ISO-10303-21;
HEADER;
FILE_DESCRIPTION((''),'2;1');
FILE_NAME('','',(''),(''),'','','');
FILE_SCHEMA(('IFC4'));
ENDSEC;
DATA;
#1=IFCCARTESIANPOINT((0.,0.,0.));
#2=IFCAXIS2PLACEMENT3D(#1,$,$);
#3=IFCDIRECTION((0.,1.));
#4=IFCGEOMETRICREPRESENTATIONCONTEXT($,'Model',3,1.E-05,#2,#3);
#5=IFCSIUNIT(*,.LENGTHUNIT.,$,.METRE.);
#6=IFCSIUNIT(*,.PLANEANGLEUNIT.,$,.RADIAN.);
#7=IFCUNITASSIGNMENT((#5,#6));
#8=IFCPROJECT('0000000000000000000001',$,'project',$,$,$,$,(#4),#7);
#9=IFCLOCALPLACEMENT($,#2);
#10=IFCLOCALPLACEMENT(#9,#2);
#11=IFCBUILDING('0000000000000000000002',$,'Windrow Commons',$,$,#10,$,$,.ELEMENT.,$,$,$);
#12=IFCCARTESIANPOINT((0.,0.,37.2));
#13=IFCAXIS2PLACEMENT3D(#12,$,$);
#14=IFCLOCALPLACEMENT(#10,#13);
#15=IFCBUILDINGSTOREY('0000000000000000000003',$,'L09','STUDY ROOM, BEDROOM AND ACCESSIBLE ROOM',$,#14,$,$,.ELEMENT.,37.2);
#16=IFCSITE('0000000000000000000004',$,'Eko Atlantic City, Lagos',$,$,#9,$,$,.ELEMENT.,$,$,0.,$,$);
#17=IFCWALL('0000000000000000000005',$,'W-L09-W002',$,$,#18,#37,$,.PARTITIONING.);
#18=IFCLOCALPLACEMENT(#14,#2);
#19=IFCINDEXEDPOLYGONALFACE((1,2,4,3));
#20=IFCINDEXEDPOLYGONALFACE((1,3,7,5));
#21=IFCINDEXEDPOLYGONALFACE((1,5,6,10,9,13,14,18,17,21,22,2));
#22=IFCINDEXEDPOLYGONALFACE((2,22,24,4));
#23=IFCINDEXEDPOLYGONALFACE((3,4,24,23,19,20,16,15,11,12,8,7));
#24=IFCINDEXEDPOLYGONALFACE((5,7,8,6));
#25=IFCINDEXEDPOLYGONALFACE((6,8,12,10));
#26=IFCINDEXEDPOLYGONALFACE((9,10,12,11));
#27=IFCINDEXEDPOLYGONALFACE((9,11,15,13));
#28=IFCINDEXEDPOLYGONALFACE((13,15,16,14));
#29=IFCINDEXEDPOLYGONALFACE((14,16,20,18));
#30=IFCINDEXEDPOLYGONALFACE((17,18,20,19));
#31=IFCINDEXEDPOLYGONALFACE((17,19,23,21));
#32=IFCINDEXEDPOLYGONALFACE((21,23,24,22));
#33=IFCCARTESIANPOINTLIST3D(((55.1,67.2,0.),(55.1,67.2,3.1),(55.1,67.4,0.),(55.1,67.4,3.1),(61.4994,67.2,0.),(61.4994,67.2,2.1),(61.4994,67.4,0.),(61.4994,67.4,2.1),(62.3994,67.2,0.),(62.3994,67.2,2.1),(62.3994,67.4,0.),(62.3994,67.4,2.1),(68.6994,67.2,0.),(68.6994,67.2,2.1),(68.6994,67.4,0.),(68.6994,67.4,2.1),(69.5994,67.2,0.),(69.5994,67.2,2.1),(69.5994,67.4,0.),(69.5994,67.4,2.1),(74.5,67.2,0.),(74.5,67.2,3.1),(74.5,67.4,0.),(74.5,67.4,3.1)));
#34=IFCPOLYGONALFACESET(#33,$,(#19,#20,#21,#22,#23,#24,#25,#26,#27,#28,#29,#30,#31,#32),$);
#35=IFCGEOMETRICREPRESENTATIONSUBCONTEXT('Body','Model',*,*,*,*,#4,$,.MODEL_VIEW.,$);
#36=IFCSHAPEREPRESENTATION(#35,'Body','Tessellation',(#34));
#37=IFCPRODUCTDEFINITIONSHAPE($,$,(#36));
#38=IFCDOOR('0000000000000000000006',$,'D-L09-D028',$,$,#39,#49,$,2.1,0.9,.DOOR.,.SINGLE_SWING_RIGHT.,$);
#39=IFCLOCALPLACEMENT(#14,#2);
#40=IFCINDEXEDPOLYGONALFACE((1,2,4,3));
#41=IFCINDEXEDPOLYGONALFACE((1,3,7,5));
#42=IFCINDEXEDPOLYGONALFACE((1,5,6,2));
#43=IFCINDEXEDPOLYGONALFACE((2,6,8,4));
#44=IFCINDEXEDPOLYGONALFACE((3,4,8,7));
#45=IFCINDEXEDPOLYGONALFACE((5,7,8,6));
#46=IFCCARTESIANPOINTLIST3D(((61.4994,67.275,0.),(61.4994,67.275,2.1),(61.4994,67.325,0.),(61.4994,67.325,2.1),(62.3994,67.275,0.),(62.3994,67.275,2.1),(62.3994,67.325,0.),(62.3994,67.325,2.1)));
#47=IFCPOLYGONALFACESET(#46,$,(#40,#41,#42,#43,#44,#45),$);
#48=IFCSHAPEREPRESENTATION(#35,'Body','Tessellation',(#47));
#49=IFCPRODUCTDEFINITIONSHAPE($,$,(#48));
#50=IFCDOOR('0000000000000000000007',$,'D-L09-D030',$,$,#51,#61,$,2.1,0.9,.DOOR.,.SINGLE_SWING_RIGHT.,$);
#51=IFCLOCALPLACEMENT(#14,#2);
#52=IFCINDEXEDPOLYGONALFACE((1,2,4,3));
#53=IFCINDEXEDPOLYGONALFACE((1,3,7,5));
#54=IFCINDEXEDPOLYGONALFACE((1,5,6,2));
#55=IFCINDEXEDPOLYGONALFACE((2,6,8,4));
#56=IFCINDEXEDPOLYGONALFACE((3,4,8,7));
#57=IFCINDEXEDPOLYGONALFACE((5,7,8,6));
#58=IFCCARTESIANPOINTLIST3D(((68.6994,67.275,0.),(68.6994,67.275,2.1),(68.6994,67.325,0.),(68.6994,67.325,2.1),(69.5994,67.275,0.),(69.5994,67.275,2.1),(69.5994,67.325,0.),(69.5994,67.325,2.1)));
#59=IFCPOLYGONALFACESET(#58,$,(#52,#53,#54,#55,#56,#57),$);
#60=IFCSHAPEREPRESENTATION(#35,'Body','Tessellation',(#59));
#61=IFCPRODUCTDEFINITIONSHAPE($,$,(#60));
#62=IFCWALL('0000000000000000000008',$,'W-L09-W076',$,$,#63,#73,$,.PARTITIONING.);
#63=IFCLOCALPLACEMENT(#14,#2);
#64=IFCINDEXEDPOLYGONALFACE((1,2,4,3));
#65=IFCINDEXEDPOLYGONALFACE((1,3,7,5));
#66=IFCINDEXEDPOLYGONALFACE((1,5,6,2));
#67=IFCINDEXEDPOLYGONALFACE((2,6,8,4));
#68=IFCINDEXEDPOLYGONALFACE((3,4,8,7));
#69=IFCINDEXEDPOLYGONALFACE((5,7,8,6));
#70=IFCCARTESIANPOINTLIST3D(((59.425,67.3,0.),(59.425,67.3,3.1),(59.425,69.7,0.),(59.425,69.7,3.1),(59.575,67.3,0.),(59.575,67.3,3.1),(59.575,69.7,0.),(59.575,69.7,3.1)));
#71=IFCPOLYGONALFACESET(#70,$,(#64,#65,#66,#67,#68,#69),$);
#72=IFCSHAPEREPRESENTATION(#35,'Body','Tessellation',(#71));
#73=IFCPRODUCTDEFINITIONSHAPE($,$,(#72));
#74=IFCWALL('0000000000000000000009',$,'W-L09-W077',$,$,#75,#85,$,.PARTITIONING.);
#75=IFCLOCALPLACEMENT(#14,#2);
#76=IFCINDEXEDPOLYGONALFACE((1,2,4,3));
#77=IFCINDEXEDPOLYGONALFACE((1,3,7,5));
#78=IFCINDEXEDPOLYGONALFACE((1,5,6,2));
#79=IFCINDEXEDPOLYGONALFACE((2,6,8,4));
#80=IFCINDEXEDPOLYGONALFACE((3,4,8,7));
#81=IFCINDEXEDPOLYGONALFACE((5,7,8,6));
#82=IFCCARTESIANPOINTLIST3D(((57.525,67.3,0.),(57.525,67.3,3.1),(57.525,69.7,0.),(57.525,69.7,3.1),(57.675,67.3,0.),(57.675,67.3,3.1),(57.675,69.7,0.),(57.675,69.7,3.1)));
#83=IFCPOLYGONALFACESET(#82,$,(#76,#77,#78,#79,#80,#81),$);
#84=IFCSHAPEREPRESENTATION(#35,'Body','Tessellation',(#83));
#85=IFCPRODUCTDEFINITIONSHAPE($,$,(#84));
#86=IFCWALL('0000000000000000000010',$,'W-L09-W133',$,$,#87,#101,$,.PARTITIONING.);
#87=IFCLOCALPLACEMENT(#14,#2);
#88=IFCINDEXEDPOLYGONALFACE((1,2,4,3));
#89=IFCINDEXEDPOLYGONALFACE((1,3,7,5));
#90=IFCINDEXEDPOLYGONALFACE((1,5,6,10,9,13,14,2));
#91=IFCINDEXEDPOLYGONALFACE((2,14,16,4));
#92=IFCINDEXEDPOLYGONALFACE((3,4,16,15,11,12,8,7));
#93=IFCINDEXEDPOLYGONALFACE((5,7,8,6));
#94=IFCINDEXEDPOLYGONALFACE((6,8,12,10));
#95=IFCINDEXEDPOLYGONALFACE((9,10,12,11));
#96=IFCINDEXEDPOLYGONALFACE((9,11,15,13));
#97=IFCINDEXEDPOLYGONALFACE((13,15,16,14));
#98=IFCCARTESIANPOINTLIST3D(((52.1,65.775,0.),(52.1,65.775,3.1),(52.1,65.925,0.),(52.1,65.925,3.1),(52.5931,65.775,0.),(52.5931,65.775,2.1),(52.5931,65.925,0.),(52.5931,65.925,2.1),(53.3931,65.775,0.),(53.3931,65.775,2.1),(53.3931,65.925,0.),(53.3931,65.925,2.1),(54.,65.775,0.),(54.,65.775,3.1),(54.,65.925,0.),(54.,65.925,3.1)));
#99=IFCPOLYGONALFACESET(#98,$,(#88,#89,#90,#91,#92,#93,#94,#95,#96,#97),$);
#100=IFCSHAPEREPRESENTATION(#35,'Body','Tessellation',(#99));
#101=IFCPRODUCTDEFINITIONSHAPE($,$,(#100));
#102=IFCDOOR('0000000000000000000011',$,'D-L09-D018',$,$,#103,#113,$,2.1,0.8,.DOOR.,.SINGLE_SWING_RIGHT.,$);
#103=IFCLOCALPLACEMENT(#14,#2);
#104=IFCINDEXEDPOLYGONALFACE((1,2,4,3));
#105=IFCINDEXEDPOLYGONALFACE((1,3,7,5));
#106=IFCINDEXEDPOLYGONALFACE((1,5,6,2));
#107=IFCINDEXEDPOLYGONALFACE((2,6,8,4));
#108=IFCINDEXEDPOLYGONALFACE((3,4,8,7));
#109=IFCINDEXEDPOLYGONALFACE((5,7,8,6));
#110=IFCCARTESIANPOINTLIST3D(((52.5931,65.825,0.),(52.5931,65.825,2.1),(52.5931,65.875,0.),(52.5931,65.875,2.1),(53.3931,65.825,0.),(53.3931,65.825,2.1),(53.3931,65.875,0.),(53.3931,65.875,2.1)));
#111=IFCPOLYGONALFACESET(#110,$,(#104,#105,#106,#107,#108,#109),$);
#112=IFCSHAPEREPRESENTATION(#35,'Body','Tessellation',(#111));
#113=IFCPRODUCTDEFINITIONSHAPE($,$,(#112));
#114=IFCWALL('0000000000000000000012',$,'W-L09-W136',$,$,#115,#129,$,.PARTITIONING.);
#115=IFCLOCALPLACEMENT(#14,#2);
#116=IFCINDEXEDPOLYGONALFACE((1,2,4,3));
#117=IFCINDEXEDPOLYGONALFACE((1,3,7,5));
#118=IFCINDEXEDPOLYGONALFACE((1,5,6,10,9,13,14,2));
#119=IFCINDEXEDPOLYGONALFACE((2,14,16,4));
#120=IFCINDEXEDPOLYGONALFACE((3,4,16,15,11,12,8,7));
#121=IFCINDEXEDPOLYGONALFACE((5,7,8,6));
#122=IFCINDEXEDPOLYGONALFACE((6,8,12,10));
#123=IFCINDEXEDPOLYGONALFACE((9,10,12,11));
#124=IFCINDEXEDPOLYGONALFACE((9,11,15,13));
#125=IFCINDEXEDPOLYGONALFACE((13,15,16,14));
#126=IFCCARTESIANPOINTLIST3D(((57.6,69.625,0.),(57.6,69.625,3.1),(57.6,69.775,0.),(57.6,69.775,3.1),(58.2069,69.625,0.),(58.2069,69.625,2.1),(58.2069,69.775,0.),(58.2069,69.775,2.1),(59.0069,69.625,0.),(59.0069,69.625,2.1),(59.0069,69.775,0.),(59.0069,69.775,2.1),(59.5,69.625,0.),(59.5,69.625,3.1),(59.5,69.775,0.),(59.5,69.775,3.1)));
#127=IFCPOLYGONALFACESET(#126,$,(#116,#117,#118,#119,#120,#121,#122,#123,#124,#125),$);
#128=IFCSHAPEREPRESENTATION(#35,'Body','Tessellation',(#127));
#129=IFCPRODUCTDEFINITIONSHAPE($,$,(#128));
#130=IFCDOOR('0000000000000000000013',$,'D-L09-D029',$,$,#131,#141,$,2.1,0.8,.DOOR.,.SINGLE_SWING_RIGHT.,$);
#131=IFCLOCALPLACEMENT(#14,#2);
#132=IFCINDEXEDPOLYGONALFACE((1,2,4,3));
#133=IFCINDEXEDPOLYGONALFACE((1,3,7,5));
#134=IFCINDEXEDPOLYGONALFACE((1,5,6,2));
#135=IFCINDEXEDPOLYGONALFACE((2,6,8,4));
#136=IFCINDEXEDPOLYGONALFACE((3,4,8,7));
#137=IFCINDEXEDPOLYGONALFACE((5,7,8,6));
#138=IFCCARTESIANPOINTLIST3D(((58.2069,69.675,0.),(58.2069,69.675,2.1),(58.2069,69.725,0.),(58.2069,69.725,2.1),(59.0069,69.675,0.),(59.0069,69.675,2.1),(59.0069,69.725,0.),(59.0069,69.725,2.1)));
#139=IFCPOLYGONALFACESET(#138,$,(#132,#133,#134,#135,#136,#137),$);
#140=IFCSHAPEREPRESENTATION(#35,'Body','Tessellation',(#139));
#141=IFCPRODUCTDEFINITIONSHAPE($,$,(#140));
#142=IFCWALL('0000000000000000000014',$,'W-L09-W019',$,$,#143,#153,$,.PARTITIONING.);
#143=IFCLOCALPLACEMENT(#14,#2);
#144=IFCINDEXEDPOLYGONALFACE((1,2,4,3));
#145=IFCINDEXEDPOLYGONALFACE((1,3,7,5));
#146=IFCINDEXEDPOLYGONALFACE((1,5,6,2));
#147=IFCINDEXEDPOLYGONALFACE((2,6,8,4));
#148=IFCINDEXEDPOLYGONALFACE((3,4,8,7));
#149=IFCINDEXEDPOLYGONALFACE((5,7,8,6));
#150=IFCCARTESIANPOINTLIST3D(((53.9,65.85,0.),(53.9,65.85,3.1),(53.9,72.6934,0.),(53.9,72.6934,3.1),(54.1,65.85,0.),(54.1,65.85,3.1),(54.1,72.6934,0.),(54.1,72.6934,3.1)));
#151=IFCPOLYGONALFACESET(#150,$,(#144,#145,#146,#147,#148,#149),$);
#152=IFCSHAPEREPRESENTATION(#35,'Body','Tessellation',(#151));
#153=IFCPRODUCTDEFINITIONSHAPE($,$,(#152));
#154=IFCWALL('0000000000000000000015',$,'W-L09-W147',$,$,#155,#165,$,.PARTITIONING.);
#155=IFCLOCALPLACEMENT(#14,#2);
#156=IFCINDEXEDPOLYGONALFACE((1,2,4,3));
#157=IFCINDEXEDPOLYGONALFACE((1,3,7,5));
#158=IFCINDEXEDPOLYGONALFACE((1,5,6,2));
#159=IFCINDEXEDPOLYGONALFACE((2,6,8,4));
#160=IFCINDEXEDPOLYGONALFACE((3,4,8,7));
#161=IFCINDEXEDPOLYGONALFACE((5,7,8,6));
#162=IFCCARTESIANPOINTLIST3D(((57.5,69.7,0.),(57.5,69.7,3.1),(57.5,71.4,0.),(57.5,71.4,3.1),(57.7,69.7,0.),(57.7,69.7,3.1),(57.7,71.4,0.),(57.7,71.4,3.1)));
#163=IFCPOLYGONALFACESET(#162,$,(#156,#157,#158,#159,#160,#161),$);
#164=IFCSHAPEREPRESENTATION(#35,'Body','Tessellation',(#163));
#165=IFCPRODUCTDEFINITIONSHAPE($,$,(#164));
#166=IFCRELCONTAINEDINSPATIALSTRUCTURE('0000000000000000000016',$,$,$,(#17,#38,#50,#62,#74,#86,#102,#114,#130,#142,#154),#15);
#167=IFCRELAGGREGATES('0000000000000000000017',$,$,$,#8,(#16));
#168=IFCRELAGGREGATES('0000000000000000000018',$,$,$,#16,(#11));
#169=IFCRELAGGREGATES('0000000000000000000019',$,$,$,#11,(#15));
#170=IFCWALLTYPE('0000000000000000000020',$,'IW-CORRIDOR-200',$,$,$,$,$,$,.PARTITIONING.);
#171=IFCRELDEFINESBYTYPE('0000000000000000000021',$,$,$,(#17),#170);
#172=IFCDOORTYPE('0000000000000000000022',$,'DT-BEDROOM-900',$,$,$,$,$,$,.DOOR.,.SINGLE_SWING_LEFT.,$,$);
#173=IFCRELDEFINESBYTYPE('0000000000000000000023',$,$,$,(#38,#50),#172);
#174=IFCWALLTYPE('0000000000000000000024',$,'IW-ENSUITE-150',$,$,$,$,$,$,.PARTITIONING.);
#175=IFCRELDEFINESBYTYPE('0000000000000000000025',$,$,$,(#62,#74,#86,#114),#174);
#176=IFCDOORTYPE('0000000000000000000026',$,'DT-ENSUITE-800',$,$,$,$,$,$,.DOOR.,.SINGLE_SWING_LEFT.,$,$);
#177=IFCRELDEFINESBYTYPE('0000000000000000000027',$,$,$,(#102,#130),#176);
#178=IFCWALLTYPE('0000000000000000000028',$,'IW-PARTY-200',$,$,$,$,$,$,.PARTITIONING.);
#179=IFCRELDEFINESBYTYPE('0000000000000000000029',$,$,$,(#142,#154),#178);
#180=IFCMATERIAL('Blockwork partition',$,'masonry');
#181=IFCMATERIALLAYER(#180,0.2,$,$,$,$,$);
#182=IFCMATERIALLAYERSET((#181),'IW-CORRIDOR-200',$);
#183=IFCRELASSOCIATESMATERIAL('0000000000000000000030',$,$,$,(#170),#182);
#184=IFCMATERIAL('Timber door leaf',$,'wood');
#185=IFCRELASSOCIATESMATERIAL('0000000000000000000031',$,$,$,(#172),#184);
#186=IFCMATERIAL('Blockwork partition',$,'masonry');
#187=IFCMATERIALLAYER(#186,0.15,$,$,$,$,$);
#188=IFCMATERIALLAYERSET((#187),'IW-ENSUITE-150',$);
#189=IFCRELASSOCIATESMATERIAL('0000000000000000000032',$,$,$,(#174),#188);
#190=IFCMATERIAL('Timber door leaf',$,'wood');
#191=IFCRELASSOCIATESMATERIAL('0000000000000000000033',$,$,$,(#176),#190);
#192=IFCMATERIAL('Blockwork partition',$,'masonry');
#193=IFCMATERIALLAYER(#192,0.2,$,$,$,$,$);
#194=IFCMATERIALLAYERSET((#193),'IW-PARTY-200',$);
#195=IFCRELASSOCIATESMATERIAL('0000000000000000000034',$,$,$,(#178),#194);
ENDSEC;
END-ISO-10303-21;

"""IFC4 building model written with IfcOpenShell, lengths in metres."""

from ifc_helpers import new_model, si_unit, direction, frame, frame_2d, origin, place, context, subcontext, project, spatial, rectangle, extrude, material, layer, layer_set, type_object, element, fill, save


model = new_model("IFC4")

# Units and contexts
model_context = context("Model", 3, precision=1e-05, world=origin(), true_north=direction((0.0, 1.0)))
body_context = subcontext(model_context, "Body", "Model", "MODEL_VIEW")
ifc_project = project(units=[si_unit("LENGTHUNIT", "METRE"), si_unit("PLANEANGLEUNIT", "RADIAN")], contexts=[model_context])

# Site, building, storey
site_placement = place(None, origin())
site = spatial("IfcSite", under=ifc_project, at=site_placement, Name="Eko Atlantic City, Lagos", CompositionType="ELEMENT", RefElevation=0.0)
building_placement = place(site_placement, origin())
building = spatial("IfcBuilding", under=site, at=building_placement, Name="Windrow Commons", CompositionType="ELEMENT")
storey_placement = place(building_placement, frame((0.0, 0.0, 37.2)))
storey = spatial("IfcBuildingStorey", under=building, at=storey_placement, Name="L09", Description="STUDY ROOM, BEDROOM AND ACCESSIBLE ROOM", CompositionType="ELEMENT", Elevation=37.2)

# Wall, openings, doors
ifc_material_1 = material(Name="Blockwork partition", Category="masonry")
ifc_layer_1 = layer(ifc_material_1, 0.2)
ifc_layer_set_1 = layer_set([ifc_layer_1], Name="IW-CORRIDOR-200")
wall_type_1 = type_object("IfcWallType", Name="IW-CORRIDOR-200", PredefinedType="PARTITIONING", material=ifc_layer_set_1)
wall_1_placement = place(storey_placement, frame((55.1, 67.3, 0.0), z_axis=(0.0, 0.0, 1.0), x_axis=(1.0, 0.0, 0.0)))
wall_1 = element("IfcWall", 1, at=wall_1_placement, inside=storey, type_object=wall_type_1, Name="W-L09-W002", PredefinedType="PARTITIONING", context=body_context, shape_type="SweptSolid", body=[
    extrude(rectangle(XDim=19.4, YDim=0.2, at=frame_2d((9.7, 0.0))), origin(), (0.0, 0.0, 1.0), 3.1),
])
opening_1_placement = place(wall_1_placement, frame((6.3994, 0.0, 0.0)))
opening_1 = element("IfcOpeningElement", 2, at=opening_1_placement, cuts=wall_1, PredefinedType="OPENING", context=body_context, shape_type="SweptSolid", body=[
    extrude(rectangle(XDim=0.9, YDim=2.1, at=frame_2d((0.45, 1.05))), frame((0.0, 0.11, 0.0), z_axis=(0.0, -1.0, 0.0), x_axis=(1.0, 0.0, 0.0)), (0.0, 0.0, 1.0), 0.22),
])
opening_2_placement = place(wall_1_placement, frame((13.5994, 0.0, 0.0)))
opening_2 = element("IfcOpeningElement", 3, at=opening_2_placement, cuts=wall_1, PredefinedType="OPENING", context=body_context, shape_type="SweptSolid", body=[
    extrude(rectangle(XDim=0.9, YDim=2.1, at=frame_2d((0.45, 1.05))), frame((0.0, 0.11, 0.0), z_axis=(0.0, -1.0, 0.0), x_axis=(1.0, 0.0, 0.0)), (0.0, 0.0, 1.0), 0.22),
])
ifc_material_2 = material(Name="Timber door leaf", Category="wood")
door_type_1 = type_object("IfcDoorType", Name="DT-BEDROOM-900", OperationType="SINGLE_SWING_LEFT", PredefinedType="DOOR", material=ifc_material_2)
door_1_placement = place(opening_1_placement, origin())
door_1 = element("IfcDoor", 4, at=door_1_placement, inside=storey, type_object=door_type_1, Name="D-L09-D028", OperationType="SINGLE_SWING_RIGHT", OverallHeight=2.1, OverallWidth=0.9, PredefinedType="DOOR", context=body_context, shape_type="SweptSolid", body=[
    extrude(rectangle(XDim=0.9, YDim=2.1, at=frame_2d((0.45, 1.05))), frame((0.0, 0.025, 0.0), z_axis=(0.0, -1.0, 0.0), x_axis=(1.0, 0.0, 0.0)), (0.0, 0.0, 1.0), 0.05),
])
fill(opening_1, door_1)
door_2_placement = place(opening_2_placement, origin())
door_2 = element("IfcDoor", 5, at=door_2_placement, inside=storey, type_object=door_type_1, Name="D-L09-D030", OperationType="SINGLE_SWING_RIGHT", OverallHeight=2.1, OverallWidth=0.9, PredefinedType="DOOR", context=body_context, shape_type="SweptSolid", body=[
    extrude(rectangle(XDim=0.9, YDim=2.1, at=frame_2d((0.45, 1.05))), frame((0.0, 0.025, 0.0), z_axis=(0.0, -1.0, 0.0), x_axis=(1.0, 0.0, 0.0)), (0.0, 0.0, 1.0), 0.05),
])
fill(opening_2, door_2)

# Walls
ifc_material_3 = material(Name="Blockwork partition", Category="masonry")
ifc_layer_2 = layer(ifc_material_3, 0.15)
ifc_layer_set_2 = layer_set([ifc_layer_2], Name="IW-ENSUITE-150")
wall_type_2 = type_object("IfcWallType", Name="IW-ENSUITE-150", PredefinedType="PARTITIONING", material=ifc_layer_set_2)
for number, where, z_axis, x_axis, name in (
    (6, (59.5, 67.3, 0.0), (0.0, 0.0, 1.0), (0.0, 1.0, 0.0), "W-L09-W076"),
    (7, (57.6, 67.3, 0.0), (0.0, 0.0, 1.0), (0.0, 1.0, 0.0), "W-L09-W077"),
):
    element("IfcWall", number, at=place(storey_placement, frame(where, z_axis=z_axis, x_axis=x_axis)), inside=storey, type_object=wall_type_2, Name=name, PredefinedType="PARTITIONING", context=body_context, shape_type="SweptSolid", body=[
        extrude(rectangle(XDim=2.4, YDim=0.15, at=frame_2d((1.2, 0.0))), origin(), (0.0, 0.0, 1.0), 3.1),
    ])

# Walls, openings, doors
wall_2_placement = place(storey_placement, frame((52.1, 65.85, 0.0), z_axis=(0.0, 0.0, 1.0), x_axis=(1.0, 0.0, 0.0)))
wall_2 = element("IfcWall", 8, at=wall_2_placement, inside=storey, type_object=wall_type_2, Name="W-L09-W133", PredefinedType="PARTITIONING", context=body_context, shape_type="SweptSolid", body=[
    extrude(rectangle(XDim=1.9, YDim=0.15, at=frame_2d((0.95, 0.0))), origin(), (0.0, 0.0, 1.0), 3.1),
])
opening_3_placement = place(wall_2_placement, frame((0.4931, 0.0, 0.0)))
opening_3 = element("IfcOpeningElement", 9, at=opening_3_placement, cuts=wall_2, PredefinedType="OPENING", context=body_context, shape_type="SweptSolid", body=[
    extrude(rectangle(XDim=0.8, YDim=2.1, at=frame_2d((0.4, 1.05))), frame((0.0, 0.085, 0.0), z_axis=(0.0, -1.0, 0.0), x_axis=(1.0, 0.0, 0.0)), (0.0, 0.0, 1.0), 0.17),
])
ifc_material_4 = material(Name="Timber door leaf", Category="wood")
door_type_2 = type_object("IfcDoorType", Name="DT-ENSUITE-800", OperationType="SINGLE_SWING_LEFT", PredefinedType="DOOR", material=ifc_material_4)
door_3_placement = place(opening_3_placement, origin())
door_3 = element("IfcDoor", 10, at=door_3_placement, inside=storey, type_object=door_type_2, Name="D-L09-D018", OperationType="SINGLE_SWING_RIGHT", OverallHeight=2.1, OverallWidth=0.8, PredefinedType="DOOR", context=body_context, shape_type="SweptSolid", body=[
    extrude(rectangle(XDim=0.8, YDim=2.1, at=frame_2d((0.4, 1.05))), frame((0.0, 0.025, 0.0), z_axis=(0.0, -1.0, 0.0), x_axis=(1.0, 0.0, 0.0)), (0.0, 0.0, 1.0), 0.05),
])
fill(opening_3, door_3)
wall_3_placement = place(storey_placement, frame((57.6, 69.7, 0.0), z_axis=(0.0, 0.0, 1.0), x_axis=(1.0, 0.0, 0.0)))
wall_3 = element("IfcWall", 11, at=wall_3_placement, inside=storey, type_object=wall_type_2, Name="W-L09-W136", PredefinedType="PARTITIONING", context=body_context, shape_type="SweptSolid", body=[
    extrude(rectangle(XDim=1.9, YDim=0.15, at=frame_2d((0.95, 0.0))), origin(), (0.0, 0.0, 1.0), 3.1),
])
opening_4_placement = place(wall_3_placement, frame((0.6069, 0.0, 0.0)))
opening_4 = element("IfcOpeningElement", 12, at=opening_4_placement, cuts=wall_3, PredefinedType="OPENING", context=body_context, shape_type="SweptSolid", body=[
    extrude(rectangle(XDim=0.8, YDim=2.1, at=frame_2d((0.4, 1.05))), frame((0.0, 0.085, 0.0), z_axis=(0.0, -1.0, 0.0), x_axis=(1.0, 0.0, 0.0)), (0.0, 0.0, 1.0), 0.17),
])
door_4_placement = place(opening_4_placement, origin())
door_4 = element("IfcDoor", 13, at=door_4_placement, inside=storey, type_object=door_type_2, Name="D-L09-D029", OperationType="SINGLE_SWING_RIGHT", OverallHeight=2.1, OverallWidth=0.8, PredefinedType="DOOR", context=body_context, shape_type="SweptSolid", body=[
    extrude(rectangle(XDim=0.8, YDim=2.1, at=frame_2d((0.4, 1.05))), frame((0.0, 0.025, 0.0), z_axis=(0.0, -1.0, 0.0), x_axis=(1.0, 0.0, 0.0)), (0.0, 0.0, 1.0), 0.05),
])
fill(opening_4, door_4)

# Walls
ifc_material_5 = material(Name="Blockwork partition", Category="masonry")
ifc_layer_3 = layer(ifc_material_5, 0.2)
ifc_layer_set_3 = layer_set([ifc_layer_3], Name="IW-PARTY-200")
wall_type_3 = type_object("IfcWallType", Name="IW-PARTY-200", PredefinedType="PARTITIONING", material=ifc_layer_set_3)
wall_4_placement = place(storey_placement, frame((54.0, 65.85, 0.0), z_axis=(0.0, 0.0, 1.0), x_axis=(0.0, 1.0, 0.0)))
element("IfcWall", 14, at=wall_4_placement, inside=storey, type_object=wall_type_3, Name="W-L09-W019", PredefinedType="PARTITIONING", context=body_context, shape_type="SweptSolid", body=[
    extrude(rectangle(XDim=6.8433, YDim=0.2, at=frame_2d((3.4217, 0.0))), origin(), (0.0, 0.0, 1.0), 3.1),
])
wall_5_placement = place(storey_placement, frame((57.6, 69.7, 0.0), z_axis=(0.0, 0.0, 1.0), x_axis=(0.0, 1.0, 0.0)))
element("IfcWall", 15, at=wall_5_placement, inside=storey, type_object=wall_type_3, Name="W-L09-W147", PredefinedType="PARTITIONING", context=body_context, shape_type="SweptSolid", body=[
    extrude(rectangle(XDim=1.7, YDim=0.2, at=frame_2d((0.85, 0.0))), origin(), (0.0, 0.0, 1.0), 3.1),
])

save(model, "model.ifc")
